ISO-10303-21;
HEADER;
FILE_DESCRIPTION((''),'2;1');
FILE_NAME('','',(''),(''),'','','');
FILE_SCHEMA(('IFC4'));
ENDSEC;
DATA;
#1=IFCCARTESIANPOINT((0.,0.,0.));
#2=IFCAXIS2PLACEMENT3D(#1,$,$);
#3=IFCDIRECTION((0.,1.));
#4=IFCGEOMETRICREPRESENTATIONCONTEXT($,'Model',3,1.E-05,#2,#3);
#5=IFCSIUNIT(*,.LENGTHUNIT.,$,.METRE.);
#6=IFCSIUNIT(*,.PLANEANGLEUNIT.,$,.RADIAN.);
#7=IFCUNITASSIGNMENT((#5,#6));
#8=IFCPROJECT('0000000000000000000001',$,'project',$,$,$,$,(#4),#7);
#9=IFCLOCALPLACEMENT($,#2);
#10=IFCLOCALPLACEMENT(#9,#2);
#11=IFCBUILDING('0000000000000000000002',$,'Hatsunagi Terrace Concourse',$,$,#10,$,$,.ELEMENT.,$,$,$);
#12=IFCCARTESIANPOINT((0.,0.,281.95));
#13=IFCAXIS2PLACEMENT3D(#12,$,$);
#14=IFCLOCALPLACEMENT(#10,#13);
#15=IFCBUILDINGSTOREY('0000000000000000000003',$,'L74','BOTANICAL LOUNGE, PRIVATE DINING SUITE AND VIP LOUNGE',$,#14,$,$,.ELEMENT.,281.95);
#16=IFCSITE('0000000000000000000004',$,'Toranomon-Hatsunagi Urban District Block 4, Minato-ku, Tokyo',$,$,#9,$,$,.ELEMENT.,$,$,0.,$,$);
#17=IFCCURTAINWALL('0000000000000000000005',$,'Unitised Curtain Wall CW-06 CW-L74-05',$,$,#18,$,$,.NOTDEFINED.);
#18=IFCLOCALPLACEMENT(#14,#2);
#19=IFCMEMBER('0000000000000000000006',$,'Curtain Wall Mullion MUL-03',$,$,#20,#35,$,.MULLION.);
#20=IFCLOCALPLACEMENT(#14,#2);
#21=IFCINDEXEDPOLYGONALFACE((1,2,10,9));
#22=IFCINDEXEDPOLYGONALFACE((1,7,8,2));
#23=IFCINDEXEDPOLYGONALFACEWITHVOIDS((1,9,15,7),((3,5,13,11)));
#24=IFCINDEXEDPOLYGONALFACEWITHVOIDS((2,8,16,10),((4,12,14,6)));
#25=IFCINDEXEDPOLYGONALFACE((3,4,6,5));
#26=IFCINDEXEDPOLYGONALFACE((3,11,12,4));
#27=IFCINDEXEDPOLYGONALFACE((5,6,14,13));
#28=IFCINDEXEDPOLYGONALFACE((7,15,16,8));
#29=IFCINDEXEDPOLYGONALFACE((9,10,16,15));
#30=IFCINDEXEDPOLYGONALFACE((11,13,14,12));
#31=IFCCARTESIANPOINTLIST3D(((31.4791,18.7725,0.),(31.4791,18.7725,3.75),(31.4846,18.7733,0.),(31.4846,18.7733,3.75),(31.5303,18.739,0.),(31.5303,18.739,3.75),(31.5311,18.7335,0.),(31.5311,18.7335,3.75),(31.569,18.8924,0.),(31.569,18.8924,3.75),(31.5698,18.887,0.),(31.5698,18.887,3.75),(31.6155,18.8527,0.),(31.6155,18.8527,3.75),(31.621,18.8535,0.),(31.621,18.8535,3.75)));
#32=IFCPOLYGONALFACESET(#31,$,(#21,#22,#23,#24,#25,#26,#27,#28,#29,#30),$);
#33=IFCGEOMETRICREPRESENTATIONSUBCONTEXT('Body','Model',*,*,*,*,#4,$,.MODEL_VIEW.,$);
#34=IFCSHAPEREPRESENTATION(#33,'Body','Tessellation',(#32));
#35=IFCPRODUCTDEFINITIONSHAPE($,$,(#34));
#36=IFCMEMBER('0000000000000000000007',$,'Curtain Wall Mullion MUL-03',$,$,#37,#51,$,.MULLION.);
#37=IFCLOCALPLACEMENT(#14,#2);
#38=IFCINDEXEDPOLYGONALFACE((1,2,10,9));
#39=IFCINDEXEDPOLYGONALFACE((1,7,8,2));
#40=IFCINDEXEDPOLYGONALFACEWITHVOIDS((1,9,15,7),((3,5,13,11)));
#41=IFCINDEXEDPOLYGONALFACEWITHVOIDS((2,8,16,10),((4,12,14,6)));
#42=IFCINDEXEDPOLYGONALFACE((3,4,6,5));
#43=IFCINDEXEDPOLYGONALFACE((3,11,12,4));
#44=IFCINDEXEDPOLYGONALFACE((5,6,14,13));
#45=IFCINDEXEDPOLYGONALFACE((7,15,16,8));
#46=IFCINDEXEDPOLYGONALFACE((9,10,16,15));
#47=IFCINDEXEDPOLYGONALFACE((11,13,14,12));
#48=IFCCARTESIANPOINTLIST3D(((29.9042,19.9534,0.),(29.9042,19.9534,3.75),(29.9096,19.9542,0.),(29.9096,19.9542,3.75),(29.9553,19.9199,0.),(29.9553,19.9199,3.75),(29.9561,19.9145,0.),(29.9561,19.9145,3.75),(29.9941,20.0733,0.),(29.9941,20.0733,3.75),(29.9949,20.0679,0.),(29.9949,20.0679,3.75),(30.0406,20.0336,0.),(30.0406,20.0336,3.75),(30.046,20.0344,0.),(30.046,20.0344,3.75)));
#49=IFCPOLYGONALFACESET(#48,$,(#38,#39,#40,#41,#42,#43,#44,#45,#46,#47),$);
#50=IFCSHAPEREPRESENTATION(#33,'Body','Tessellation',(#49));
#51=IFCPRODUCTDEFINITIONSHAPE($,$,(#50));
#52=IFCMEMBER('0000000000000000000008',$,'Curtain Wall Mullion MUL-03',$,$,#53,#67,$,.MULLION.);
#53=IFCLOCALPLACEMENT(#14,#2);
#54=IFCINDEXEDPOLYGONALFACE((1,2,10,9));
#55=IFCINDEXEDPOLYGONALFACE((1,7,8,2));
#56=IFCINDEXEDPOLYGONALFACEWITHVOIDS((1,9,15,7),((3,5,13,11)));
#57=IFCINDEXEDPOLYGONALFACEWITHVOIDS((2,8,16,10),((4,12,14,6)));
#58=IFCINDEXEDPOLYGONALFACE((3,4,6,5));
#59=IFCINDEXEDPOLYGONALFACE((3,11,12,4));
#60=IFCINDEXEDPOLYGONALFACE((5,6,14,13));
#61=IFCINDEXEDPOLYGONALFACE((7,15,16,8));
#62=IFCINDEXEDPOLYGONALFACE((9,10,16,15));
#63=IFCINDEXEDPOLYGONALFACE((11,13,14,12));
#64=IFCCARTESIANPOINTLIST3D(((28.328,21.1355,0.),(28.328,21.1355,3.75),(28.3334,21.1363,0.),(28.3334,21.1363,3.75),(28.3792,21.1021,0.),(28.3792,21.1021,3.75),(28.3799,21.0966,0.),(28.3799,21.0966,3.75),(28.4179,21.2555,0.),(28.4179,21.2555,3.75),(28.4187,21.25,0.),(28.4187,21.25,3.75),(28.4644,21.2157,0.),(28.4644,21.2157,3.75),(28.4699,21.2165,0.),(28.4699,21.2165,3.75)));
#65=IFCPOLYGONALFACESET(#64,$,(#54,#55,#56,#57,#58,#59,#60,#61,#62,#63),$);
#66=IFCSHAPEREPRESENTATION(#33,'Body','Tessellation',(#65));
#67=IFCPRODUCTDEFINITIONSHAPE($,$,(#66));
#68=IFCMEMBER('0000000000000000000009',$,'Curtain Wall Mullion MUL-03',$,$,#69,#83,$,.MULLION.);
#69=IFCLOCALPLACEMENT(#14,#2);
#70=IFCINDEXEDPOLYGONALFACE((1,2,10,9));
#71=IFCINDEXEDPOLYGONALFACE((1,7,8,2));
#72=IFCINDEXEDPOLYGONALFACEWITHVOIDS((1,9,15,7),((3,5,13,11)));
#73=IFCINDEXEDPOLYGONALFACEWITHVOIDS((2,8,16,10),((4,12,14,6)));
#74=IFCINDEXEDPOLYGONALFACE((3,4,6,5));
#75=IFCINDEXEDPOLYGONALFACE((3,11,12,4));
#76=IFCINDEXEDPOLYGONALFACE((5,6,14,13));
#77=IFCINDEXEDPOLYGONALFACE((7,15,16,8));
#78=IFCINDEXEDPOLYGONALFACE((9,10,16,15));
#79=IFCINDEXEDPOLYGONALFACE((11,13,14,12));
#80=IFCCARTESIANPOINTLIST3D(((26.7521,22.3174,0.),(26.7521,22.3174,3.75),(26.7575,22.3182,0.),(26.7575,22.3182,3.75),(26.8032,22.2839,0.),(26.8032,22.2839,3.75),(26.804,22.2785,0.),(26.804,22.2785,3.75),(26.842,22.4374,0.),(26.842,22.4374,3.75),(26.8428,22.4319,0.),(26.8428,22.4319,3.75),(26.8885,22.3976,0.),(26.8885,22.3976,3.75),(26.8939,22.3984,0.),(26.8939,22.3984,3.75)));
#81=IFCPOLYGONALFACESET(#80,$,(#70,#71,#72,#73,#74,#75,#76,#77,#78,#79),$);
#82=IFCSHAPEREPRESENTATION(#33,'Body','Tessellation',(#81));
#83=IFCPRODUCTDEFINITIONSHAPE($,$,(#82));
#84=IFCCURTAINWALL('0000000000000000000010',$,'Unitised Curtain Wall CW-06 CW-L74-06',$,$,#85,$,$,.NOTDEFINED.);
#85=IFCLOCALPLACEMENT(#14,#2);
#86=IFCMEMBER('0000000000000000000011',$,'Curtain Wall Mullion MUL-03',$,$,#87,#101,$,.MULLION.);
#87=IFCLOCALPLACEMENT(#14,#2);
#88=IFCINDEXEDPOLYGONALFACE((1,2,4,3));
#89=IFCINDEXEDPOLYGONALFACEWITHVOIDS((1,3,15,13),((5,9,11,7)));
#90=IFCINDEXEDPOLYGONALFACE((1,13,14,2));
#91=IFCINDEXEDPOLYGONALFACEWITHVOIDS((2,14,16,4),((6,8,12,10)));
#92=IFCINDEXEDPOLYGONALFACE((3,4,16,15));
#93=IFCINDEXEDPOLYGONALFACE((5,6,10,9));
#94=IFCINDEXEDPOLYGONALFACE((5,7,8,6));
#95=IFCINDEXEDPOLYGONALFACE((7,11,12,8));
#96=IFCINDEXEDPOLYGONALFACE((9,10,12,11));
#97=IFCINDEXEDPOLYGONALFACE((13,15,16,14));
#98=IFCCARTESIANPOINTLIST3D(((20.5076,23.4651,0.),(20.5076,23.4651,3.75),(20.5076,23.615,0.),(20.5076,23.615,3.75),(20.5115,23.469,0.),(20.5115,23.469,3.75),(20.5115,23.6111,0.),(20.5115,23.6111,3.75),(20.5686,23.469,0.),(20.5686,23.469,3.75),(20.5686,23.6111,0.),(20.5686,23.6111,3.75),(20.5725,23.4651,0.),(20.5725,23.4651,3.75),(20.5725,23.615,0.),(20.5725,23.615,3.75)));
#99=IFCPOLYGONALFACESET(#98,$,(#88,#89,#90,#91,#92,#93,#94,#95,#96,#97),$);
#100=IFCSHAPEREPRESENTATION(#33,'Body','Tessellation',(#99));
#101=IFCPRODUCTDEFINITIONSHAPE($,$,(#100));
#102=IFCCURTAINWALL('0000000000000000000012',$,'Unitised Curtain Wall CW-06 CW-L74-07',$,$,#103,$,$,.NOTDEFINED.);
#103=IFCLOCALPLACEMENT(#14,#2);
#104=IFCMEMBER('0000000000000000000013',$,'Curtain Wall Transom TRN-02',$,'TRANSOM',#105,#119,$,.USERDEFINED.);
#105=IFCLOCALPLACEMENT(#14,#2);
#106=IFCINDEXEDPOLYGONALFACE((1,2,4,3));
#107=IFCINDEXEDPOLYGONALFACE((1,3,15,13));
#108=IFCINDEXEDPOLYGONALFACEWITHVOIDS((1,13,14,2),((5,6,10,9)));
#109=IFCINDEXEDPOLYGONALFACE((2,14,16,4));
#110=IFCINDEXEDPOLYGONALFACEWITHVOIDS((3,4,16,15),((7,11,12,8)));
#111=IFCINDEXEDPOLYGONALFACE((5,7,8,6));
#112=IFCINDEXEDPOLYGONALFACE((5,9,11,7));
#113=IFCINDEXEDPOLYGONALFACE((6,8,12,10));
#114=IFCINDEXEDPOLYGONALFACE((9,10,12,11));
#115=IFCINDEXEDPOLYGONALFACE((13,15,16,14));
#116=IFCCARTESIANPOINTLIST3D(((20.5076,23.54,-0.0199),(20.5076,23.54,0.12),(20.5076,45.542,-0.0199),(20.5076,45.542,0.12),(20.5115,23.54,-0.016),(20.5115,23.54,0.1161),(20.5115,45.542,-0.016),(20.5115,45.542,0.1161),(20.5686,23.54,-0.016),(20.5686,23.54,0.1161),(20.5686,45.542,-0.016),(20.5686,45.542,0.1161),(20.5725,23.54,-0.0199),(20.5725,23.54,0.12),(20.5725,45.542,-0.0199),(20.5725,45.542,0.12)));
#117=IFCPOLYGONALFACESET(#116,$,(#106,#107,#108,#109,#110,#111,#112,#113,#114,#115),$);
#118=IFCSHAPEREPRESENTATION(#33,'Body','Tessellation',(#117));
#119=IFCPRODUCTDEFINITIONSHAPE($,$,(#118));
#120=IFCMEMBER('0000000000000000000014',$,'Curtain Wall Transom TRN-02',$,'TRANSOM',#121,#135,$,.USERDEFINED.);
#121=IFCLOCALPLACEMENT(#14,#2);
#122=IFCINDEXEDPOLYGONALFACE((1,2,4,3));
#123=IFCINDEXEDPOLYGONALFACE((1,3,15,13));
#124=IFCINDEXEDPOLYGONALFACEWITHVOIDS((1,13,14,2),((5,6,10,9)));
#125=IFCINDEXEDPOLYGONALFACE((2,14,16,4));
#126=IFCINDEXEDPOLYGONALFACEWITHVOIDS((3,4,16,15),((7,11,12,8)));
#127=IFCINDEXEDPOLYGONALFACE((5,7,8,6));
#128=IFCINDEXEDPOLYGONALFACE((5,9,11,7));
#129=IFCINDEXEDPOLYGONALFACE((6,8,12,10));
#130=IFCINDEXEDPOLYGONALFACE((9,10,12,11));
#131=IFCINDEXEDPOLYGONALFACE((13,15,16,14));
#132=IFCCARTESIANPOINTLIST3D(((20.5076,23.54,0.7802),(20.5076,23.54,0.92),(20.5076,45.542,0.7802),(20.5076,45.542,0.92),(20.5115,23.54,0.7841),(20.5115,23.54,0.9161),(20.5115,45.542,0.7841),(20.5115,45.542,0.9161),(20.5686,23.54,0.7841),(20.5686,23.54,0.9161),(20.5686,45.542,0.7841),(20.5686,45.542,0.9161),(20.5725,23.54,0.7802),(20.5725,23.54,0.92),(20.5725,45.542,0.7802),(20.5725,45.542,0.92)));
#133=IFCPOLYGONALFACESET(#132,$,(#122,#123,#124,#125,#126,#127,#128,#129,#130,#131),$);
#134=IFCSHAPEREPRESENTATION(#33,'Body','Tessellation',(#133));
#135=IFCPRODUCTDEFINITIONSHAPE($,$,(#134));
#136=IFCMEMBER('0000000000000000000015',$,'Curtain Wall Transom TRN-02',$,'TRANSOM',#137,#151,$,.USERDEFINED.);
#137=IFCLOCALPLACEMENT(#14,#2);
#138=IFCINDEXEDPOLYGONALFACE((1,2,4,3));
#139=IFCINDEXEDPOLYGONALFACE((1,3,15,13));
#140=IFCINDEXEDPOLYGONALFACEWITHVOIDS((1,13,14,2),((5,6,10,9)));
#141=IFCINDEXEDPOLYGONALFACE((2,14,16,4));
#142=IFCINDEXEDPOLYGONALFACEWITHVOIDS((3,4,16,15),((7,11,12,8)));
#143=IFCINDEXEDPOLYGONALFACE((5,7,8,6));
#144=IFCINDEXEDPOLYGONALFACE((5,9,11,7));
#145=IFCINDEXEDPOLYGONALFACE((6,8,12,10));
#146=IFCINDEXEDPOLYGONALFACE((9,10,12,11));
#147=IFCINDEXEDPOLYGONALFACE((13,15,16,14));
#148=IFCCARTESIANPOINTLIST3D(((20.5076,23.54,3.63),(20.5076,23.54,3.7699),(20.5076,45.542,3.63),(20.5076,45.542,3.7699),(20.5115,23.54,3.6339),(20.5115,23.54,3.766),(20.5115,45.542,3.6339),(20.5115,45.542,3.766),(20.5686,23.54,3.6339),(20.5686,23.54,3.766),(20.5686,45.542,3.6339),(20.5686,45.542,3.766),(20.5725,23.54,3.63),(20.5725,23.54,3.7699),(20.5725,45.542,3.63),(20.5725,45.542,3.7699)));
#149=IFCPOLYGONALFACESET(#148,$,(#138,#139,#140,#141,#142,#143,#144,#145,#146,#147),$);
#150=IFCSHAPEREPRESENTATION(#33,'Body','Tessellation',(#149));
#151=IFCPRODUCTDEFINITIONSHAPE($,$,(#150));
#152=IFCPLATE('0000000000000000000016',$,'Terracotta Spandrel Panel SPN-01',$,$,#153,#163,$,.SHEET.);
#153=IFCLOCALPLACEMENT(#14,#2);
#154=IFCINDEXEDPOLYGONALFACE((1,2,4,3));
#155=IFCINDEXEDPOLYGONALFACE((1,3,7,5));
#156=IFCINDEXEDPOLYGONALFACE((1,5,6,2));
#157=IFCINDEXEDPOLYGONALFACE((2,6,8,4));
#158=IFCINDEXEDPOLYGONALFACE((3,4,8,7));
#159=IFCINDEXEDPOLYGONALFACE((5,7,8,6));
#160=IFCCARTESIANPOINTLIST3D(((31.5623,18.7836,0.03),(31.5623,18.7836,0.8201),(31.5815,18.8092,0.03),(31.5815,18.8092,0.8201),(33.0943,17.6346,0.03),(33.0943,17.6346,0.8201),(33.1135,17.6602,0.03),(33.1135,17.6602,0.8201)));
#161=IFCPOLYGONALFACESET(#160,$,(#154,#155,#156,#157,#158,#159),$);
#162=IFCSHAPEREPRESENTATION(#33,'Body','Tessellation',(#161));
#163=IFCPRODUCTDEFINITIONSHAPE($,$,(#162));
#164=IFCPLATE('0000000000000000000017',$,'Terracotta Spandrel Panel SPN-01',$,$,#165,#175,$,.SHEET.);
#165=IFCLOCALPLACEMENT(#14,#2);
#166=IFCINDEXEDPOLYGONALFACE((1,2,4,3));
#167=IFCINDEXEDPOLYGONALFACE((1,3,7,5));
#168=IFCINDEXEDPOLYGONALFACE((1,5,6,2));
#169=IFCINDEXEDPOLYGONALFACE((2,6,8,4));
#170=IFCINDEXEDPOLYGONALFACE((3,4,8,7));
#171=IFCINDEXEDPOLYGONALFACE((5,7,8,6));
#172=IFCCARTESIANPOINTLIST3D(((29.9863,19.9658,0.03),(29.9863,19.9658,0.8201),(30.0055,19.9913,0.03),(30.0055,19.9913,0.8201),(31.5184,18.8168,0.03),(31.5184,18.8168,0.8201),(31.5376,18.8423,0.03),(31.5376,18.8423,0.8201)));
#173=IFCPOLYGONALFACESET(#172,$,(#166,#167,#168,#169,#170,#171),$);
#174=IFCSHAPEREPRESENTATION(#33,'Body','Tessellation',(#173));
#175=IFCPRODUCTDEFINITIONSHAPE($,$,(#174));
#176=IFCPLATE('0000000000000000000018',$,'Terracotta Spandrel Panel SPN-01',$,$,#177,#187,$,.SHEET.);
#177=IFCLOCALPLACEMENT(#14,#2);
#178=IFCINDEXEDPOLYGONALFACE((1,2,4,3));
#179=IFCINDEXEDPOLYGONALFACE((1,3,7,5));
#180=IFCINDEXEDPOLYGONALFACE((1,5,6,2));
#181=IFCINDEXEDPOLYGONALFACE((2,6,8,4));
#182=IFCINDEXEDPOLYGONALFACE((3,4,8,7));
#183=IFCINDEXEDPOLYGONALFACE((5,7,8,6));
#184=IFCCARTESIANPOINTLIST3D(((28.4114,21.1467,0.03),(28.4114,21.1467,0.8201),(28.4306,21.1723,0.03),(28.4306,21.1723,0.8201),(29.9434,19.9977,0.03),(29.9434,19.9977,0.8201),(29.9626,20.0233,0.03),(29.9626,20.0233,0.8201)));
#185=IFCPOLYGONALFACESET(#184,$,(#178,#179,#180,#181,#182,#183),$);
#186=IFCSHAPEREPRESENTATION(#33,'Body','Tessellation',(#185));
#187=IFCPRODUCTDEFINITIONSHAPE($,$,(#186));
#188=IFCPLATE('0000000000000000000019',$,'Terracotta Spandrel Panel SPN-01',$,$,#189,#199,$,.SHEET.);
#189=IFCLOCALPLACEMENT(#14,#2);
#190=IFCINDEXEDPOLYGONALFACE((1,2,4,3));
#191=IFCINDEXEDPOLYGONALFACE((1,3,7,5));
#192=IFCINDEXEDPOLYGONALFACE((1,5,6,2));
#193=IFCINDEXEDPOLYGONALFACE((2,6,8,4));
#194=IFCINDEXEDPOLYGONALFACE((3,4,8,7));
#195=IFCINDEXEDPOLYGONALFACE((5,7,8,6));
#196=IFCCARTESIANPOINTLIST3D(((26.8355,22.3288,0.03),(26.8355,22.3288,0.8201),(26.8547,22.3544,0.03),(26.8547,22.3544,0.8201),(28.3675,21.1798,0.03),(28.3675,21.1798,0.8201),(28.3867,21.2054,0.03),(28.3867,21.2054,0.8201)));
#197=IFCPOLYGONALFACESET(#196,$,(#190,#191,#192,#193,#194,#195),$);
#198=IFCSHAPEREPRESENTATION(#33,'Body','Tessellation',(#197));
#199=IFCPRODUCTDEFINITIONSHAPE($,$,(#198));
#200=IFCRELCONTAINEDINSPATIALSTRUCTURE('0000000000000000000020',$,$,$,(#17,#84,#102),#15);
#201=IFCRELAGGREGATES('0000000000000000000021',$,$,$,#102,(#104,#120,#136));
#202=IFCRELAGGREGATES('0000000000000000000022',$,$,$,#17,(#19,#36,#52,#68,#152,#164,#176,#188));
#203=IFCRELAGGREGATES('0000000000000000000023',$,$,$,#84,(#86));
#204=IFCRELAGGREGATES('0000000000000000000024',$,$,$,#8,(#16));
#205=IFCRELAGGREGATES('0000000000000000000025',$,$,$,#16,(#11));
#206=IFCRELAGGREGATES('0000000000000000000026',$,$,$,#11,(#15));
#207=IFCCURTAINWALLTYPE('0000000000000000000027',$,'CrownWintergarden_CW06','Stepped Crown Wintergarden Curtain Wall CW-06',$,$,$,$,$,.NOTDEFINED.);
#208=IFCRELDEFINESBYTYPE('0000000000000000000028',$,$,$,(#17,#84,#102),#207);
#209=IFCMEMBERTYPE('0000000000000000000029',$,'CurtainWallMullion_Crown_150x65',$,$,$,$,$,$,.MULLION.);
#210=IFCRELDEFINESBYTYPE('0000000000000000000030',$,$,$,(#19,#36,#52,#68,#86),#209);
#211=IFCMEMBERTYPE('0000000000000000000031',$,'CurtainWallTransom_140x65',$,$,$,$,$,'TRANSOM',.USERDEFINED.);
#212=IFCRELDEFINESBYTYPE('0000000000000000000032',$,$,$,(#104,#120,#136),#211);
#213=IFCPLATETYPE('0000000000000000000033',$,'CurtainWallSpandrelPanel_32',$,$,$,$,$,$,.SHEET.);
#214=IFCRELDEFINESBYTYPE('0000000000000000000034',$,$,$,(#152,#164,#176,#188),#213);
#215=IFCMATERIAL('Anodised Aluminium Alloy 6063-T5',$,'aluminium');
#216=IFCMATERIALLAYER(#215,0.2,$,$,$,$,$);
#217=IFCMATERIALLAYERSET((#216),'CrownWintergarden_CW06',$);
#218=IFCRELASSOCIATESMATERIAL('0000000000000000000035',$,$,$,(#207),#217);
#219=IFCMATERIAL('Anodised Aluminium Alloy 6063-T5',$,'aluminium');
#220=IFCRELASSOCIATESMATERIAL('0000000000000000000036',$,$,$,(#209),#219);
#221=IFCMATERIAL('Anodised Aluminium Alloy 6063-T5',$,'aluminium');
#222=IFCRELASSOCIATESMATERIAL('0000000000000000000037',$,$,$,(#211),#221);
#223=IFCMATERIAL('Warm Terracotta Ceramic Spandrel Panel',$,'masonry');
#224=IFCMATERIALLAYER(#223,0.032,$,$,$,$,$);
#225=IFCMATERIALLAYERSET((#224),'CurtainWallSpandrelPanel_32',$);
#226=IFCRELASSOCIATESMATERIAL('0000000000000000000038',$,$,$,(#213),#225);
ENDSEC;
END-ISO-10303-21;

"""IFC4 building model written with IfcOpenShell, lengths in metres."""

from ifc_helpers import new_model, si_unit, direction, frame, origin, origin_2d, place, context, subcontext, project, spatial, rectangle, hollow_rectangle, extrude, material, layer, layer_set, material_profile, profile_set, type_object, element, aggregate, save


model = new_model("IFC4")

# Units and contexts
model_context = context("Model", 3, precision=1e-05, world=origin(), true_north=direction((0.0, 1.0)))
body_context = subcontext(model_context, "Body", "Model", "MODEL_VIEW")
ifc_project = project(units=[si_unit("LENGTHUNIT", "METRE"), si_unit("PLANEANGLEUNIT", "RADIAN")], contexts=[model_context])

# Site, building, storey
site_placement = place(None, origin())
site = spatial("IfcSite", under=ifc_project, at=site_placement, Name="Toranomon-Hatsunagi Urban District Block 4, Minato-ku, Tokyo", CompositionType="ELEMENT", RefElevation=0.0)
building_placement = place(site_placement, origin())
building = spatial("IfcBuilding", under=site, at=building_placement, Name="Hatsunagi Terrace Concourse", CompositionType="ELEMENT")
storey_placement = place(building_placement, frame((0.0, 0.0, 281.95)))
storey = spatial("IfcBuildingStorey", under=building, at=storey_placement, Name="L74", Description="BOTANICAL LOUNGE, PRIVATE DINING SUITE AND VIP LOUNGE", CompositionType="ELEMENT", Elevation=281.95)

# Curtain wall, members
ifc_material_1 = material(Name="Anodised Aluminium Alloy 6063-T5", Category="aluminium")
ifc_layer_1 = layer(ifc_material_1, 0.2)
ifc_layer_set_1 = layer_set([ifc_layer_1], Name="CrownWintergarden_CW06")
curtain_wall_type = type_object("IfcCurtainWallType", Name="CrownWintergarden_CW06", Description="Stepped Crown Wintergarden Curtain Wall CW-06", PredefinedType="NOTDEFINED", material=ifc_layer_set_1)
curtain_wall_1_placement = place(storey_placement, origin())
curtain_wall_1 = element("IfcCurtainWall", 1, at=curtain_wall_1_placement, inside=storey, type_object=curtain_wall_type, Name="Unitised Curtain Wall CW-06 CW-L74-05", PredefinedType="NOTDEFINED")
ifc_material_2 = material(Name="Anodised Aluminium Alloy 6063-T5", Category="aluminium")
ifc_material_profile_1 = material_profile(ifc_material_2, hollow_rectangle(XDim=0.0649, YDim=0.1499, WallThickness=0.0039, at=origin_2d()), Name="ALU-MUL-150x65x4")
ifc_profile_set_1 = profile_set([ifc_material_profile_1], Name="Anodised Aluminium Alloy 6063-T5")
member_type_1 = type_object("IfcMemberType", Name="CurtainWallMullion_Crown_150x65", PredefinedType="MULLION", material=ifc_profile_set_1)
member_1_placement = place(storey_placement, frame((31.55, 18.813, 0.0), z_axis=(0.0, 0.0, 1.0), x_axis=(-0.800008, 0.599989, 0.0)))
member_1 = element("IfcMember", 2, at=member_1_placement, type_object=member_type_1, Name="Curtain Wall Mullion MUL-03", PredefinedType="MULLION", context=body_context, shape_type="SweptSolid", body=[
    extrude(hollow_rectangle(XDim=0.0649, YDim=0.1499, WallThickness=0.0039, at=origin_2d()), origin(), (0.0, 0.0, 1.0), 3.75),
])
member_2_placement = place(storey_placement, frame((29.9751, 19.9939, 0.0), z_axis=(0.0, 0.0, 1.0), x_axis=(-0.800008, 0.599989, 0.0)))
member_2 = element("IfcMember", 3, at=member_2_placement, type_object=member_type_1, Name="Curtain Wall Mullion MUL-03", PredefinedType="MULLION", context=body_context, shape_type="SweptSolid", body=[
    extrude(hollow_rectangle(XDim=0.0649, YDim=0.1499, WallThickness=0.0039, at=origin_2d()), origin(), (0.0, 0.0, 1.0), 3.75),
])
member_3_placement = place(storey_placement, frame((28.3989, 21.176, 0.0), z_axis=(0.0, 0.0, 1.0), x_axis=(-0.800008, 0.599989, 0.0)))
member_3 = element("IfcMember", 4, at=member_3_placement, type_object=member_type_1, Name="Curtain Wall Mullion MUL-03", PredefinedType="MULLION", context=body_context, shape_type="SweptSolid", body=[
    extrude(hollow_rectangle(XDim=0.0649, YDim=0.1499, WallThickness=0.0039, at=origin_2d()), origin(), (0.0, 0.0, 1.0), 3.75),
])
member_4_placement = place(storey_placement, frame((26.823, 22.3579, 0.0), z_axis=(0.0, 0.0, 1.0), x_axis=(-0.800008, 0.599989, 0.0)))
member_4 = element("IfcMember", 5, at=member_4_placement, type_object=member_type_1, Name="Curtain Wall Mullion MUL-03", PredefinedType="MULLION", context=body_context, shape_type="SweptSolid", body=[
    extrude(hollow_rectangle(XDim=0.0649, YDim=0.1499, WallThickness=0.0039, at=origin_2d()), origin(), (0.0, 0.0, 1.0), 3.75),
])

# Curtain wall, member
curtain_wall_2_placement = place(storey_placement, origin())
curtain_wall_2 = element("IfcCurtainWall", 6, at=curtain_wall_2_placement, inside=storey, type_object=curtain_wall_type, Name="Unitised Curtain Wall CW-06 CW-L74-06", PredefinedType="NOTDEFINED")
member_5_placement = place(storey_placement, frame((20.54, 23.54, 0.0), z_axis=(0.0, 0.0, 1.0), x_axis=(-1.0, 0.0, 0.0)))
member_5 = element("IfcMember", 7, at=member_5_placement, type_object=member_type_1, Name="Curtain Wall Mullion MUL-03", PredefinedType="MULLION", context=body_context, shape_type="SweptSolid", body=[
    extrude(hollow_rectangle(XDim=0.0649, YDim=0.1499, WallThickness=0.0039, at=origin_2d()), origin(), (0.0, 0.0, 1.0), 3.75),
])

# Curtain wall, members
curtain_wall_3_placement = place(storey_placement, origin())
curtain_wall_3 = element("IfcCurtainWall", 8, at=curtain_wall_3_placement, inside=storey, type_object=curtain_wall_type, Name="Unitised Curtain Wall CW-06 CW-L74-07", PredefinedType="NOTDEFINED")
ifc_material_3 = material(Name="Anodised Aluminium Alloy 6063-T5", Category="aluminium")
ifc_material_profile_2 = material_profile(ifc_material_3, hollow_rectangle(XDim=0.0649, YDim=0.1399, WallThickness=0.0039, at=origin_2d()), Name="ALU-TRN-140x65x4")
ifc_profile_set_2 = profile_set([ifc_material_profile_2], Name="Anodised Aluminium Alloy 6063-T5")
member_type_2 = type_object("IfcMemberType", Name="CurtainWallTransom_140x65", ElementType="TRANSOM", PredefinedType="USERDEFINED", material=ifc_profile_set_2)
member_6_placement = place(storey_placement, frame((20.54, 23.54, 0.05), z_axis=(0.0, 1.0, 0.0), x_axis=(-1.0, 0.0, 0.0)))
member_6 = element("IfcMember", 9, at=member_6_placement, type_object=member_type_2, Name="Curtain Wall Transom TRN-02", ObjectType="TRANSOM", PredefinedType="USERDEFINED", context=body_context, shape_type="SweptSolid", body=[
    extrude(hollow_rectangle(XDim=0.0649, YDim=0.1399, WallThickness=0.0039, at=origin_2d()), origin(), (0.0, 0.0, 1.0), 22.002),
])
member_7_placement = place(storey_placement, frame((20.54, 23.54, 0.8501), z_axis=(0.0, 1.0, 0.0), x_axis=(-1.0, 0.0, 0.0)))
member_7 = element("IfcMember", 10, at=member_7_placement, type_object=member_type_2, Name="Curtain Wall Transom TRN-02", ObjectType="TRANSOM", PredefinedType="USERDEFINED", context=body_context, shape_type="SweptSolid", body=[
    extrude(hollow_rectangle(XDim=0.0649, YDim=0.1399, WallThickness=0.0039, at=origin_2d()), origin(), (0.0, 0.0, 1.0), 22.002),
])
member_8_placement = place(storey_placement, frame((20.54, 23.54, 3.7), z_axis=(0.0, 1.0, 0.0), x_axis=(-1.0, 0.0, 0.0)))
member_8 = element("IfcMember", 11, at=member_8_placement, type_object=member_type_2, Name="Curtain Wall Transom TRN-02", ObjectType="TRANSOM", PredefinedType="USERDEFINED", context=body_context, shape_type="SweptSolid", body=[
    extrude(hollow_rectangle(XDim=0.0649, YDim=0.1399, WallThickness=0.0039, at=origin_2d()), origin(), (0.0, 0.0, 1.0), 22.002),
])
aggregate(curtain_wall_3, [member_6, member_7, member_8])

# Plates
ifc_material_4 = material(Name="Warm Terracotta Ceramic Spandrel Panel", Category="masonry")
ifc_layer_2 = layer(ifc_material_4, 0.032)
ifc_layer_set_2 = layer_set([ifc_layer_2], Name="CurtainWallSpandrelPanel_32")
plate_type_1 = type_object("IfcPlateType", Name="CurtainWallSpandrelPanel_32", PredefinedType="SHEET", material=ifc_layer_set_2)
plate_1_placement = place(storey_placement, frame((32.3379, 18.2219, 0.03), z_axis=(0.0, 0.0, 1.0), x_axis=(-0.800008, 0.599989, 0.0)))
plate_1 = element("IfcPlate", 12, at=plate_1_placement, type_object=plate_type_1, Name="Terracotta Spandrel Panel SPN-01", PredefinedType="SHEET", context=body_context, shape_type="SweptSolid", body=[
    extrude(rectangle(XDim=1.915, YDim=0.032, at=origin_2d()), origin(), (0.0, 0.0, 1.0), 0.79),
])
plate_2_placement = place(storey_placement, frame((30.762, 19.4041, 0.03), z_axis=(0.0, 0.0, 1.0), x_axis=(-0.800008, 0.599989, 0.0)))
plate_2 = element("IfcPlate", 13, at=plate_2_placement, type_object=plate_type_1, Name="Terracotta Spandrel Panel SPN-01", PredefinedType="SHEET", context=body_context, shape_type="SweptSolid", body=[
    extrude(rectangle(XDim=1.915, YDim=0.032, at=origin_2d()), origin(), (0.0, 0.0, 1.0), 0.79),
])
plate_3_placement = place(storey_placement, frame((29.187, 20.585, 0.03), z_axis=(0.0, 0.0, 1.0), x_axis=(-0.800008, 0.599989, 0.0)))
plate_3 = element("IfcPlate", 14, at=plate_3_placement, type_object=plate_type_1, Name="Terracotta Spandrel Panel SPN-01", PredefinedType="SHEET", context=body_context, shape_type="SweptSolid", body=[
    extrude(rectangle(XDim=1.915, YDim=0.032, at=origin_2d()), origin(), (0.0, 0.0, 1.0), 0.79),
])
plate_4_placement = place(storey_placement, frame((27.6111, 21.7671, 0.03), z_axis=(0.0, 0.0, 1.0), x_axis=(-0.800008, 0.599989, 0.0)))
plate_4 = element("IfcPlate", 15, at=plate_4_placement, type_object=plate_type_1, Name="Terracotta Spandrel Panel SPN-01", PredefinedType="SHEET", context=body_context, shape_type="SweptSolid", body=[
    extrude(rectangle(XDim=1.915, YDim=0.032, at=origin_2d()), origin(), (0.0, 0.0, 1.0), 0.79),
])
aggregate(curtain_wall_1, [member_1, member_2, member_3, member_4, plate_1, plate_2, plate_3, plate_4])
aggregate(curtain_wall_2, [member_5])

save(model, "model.ifc")
